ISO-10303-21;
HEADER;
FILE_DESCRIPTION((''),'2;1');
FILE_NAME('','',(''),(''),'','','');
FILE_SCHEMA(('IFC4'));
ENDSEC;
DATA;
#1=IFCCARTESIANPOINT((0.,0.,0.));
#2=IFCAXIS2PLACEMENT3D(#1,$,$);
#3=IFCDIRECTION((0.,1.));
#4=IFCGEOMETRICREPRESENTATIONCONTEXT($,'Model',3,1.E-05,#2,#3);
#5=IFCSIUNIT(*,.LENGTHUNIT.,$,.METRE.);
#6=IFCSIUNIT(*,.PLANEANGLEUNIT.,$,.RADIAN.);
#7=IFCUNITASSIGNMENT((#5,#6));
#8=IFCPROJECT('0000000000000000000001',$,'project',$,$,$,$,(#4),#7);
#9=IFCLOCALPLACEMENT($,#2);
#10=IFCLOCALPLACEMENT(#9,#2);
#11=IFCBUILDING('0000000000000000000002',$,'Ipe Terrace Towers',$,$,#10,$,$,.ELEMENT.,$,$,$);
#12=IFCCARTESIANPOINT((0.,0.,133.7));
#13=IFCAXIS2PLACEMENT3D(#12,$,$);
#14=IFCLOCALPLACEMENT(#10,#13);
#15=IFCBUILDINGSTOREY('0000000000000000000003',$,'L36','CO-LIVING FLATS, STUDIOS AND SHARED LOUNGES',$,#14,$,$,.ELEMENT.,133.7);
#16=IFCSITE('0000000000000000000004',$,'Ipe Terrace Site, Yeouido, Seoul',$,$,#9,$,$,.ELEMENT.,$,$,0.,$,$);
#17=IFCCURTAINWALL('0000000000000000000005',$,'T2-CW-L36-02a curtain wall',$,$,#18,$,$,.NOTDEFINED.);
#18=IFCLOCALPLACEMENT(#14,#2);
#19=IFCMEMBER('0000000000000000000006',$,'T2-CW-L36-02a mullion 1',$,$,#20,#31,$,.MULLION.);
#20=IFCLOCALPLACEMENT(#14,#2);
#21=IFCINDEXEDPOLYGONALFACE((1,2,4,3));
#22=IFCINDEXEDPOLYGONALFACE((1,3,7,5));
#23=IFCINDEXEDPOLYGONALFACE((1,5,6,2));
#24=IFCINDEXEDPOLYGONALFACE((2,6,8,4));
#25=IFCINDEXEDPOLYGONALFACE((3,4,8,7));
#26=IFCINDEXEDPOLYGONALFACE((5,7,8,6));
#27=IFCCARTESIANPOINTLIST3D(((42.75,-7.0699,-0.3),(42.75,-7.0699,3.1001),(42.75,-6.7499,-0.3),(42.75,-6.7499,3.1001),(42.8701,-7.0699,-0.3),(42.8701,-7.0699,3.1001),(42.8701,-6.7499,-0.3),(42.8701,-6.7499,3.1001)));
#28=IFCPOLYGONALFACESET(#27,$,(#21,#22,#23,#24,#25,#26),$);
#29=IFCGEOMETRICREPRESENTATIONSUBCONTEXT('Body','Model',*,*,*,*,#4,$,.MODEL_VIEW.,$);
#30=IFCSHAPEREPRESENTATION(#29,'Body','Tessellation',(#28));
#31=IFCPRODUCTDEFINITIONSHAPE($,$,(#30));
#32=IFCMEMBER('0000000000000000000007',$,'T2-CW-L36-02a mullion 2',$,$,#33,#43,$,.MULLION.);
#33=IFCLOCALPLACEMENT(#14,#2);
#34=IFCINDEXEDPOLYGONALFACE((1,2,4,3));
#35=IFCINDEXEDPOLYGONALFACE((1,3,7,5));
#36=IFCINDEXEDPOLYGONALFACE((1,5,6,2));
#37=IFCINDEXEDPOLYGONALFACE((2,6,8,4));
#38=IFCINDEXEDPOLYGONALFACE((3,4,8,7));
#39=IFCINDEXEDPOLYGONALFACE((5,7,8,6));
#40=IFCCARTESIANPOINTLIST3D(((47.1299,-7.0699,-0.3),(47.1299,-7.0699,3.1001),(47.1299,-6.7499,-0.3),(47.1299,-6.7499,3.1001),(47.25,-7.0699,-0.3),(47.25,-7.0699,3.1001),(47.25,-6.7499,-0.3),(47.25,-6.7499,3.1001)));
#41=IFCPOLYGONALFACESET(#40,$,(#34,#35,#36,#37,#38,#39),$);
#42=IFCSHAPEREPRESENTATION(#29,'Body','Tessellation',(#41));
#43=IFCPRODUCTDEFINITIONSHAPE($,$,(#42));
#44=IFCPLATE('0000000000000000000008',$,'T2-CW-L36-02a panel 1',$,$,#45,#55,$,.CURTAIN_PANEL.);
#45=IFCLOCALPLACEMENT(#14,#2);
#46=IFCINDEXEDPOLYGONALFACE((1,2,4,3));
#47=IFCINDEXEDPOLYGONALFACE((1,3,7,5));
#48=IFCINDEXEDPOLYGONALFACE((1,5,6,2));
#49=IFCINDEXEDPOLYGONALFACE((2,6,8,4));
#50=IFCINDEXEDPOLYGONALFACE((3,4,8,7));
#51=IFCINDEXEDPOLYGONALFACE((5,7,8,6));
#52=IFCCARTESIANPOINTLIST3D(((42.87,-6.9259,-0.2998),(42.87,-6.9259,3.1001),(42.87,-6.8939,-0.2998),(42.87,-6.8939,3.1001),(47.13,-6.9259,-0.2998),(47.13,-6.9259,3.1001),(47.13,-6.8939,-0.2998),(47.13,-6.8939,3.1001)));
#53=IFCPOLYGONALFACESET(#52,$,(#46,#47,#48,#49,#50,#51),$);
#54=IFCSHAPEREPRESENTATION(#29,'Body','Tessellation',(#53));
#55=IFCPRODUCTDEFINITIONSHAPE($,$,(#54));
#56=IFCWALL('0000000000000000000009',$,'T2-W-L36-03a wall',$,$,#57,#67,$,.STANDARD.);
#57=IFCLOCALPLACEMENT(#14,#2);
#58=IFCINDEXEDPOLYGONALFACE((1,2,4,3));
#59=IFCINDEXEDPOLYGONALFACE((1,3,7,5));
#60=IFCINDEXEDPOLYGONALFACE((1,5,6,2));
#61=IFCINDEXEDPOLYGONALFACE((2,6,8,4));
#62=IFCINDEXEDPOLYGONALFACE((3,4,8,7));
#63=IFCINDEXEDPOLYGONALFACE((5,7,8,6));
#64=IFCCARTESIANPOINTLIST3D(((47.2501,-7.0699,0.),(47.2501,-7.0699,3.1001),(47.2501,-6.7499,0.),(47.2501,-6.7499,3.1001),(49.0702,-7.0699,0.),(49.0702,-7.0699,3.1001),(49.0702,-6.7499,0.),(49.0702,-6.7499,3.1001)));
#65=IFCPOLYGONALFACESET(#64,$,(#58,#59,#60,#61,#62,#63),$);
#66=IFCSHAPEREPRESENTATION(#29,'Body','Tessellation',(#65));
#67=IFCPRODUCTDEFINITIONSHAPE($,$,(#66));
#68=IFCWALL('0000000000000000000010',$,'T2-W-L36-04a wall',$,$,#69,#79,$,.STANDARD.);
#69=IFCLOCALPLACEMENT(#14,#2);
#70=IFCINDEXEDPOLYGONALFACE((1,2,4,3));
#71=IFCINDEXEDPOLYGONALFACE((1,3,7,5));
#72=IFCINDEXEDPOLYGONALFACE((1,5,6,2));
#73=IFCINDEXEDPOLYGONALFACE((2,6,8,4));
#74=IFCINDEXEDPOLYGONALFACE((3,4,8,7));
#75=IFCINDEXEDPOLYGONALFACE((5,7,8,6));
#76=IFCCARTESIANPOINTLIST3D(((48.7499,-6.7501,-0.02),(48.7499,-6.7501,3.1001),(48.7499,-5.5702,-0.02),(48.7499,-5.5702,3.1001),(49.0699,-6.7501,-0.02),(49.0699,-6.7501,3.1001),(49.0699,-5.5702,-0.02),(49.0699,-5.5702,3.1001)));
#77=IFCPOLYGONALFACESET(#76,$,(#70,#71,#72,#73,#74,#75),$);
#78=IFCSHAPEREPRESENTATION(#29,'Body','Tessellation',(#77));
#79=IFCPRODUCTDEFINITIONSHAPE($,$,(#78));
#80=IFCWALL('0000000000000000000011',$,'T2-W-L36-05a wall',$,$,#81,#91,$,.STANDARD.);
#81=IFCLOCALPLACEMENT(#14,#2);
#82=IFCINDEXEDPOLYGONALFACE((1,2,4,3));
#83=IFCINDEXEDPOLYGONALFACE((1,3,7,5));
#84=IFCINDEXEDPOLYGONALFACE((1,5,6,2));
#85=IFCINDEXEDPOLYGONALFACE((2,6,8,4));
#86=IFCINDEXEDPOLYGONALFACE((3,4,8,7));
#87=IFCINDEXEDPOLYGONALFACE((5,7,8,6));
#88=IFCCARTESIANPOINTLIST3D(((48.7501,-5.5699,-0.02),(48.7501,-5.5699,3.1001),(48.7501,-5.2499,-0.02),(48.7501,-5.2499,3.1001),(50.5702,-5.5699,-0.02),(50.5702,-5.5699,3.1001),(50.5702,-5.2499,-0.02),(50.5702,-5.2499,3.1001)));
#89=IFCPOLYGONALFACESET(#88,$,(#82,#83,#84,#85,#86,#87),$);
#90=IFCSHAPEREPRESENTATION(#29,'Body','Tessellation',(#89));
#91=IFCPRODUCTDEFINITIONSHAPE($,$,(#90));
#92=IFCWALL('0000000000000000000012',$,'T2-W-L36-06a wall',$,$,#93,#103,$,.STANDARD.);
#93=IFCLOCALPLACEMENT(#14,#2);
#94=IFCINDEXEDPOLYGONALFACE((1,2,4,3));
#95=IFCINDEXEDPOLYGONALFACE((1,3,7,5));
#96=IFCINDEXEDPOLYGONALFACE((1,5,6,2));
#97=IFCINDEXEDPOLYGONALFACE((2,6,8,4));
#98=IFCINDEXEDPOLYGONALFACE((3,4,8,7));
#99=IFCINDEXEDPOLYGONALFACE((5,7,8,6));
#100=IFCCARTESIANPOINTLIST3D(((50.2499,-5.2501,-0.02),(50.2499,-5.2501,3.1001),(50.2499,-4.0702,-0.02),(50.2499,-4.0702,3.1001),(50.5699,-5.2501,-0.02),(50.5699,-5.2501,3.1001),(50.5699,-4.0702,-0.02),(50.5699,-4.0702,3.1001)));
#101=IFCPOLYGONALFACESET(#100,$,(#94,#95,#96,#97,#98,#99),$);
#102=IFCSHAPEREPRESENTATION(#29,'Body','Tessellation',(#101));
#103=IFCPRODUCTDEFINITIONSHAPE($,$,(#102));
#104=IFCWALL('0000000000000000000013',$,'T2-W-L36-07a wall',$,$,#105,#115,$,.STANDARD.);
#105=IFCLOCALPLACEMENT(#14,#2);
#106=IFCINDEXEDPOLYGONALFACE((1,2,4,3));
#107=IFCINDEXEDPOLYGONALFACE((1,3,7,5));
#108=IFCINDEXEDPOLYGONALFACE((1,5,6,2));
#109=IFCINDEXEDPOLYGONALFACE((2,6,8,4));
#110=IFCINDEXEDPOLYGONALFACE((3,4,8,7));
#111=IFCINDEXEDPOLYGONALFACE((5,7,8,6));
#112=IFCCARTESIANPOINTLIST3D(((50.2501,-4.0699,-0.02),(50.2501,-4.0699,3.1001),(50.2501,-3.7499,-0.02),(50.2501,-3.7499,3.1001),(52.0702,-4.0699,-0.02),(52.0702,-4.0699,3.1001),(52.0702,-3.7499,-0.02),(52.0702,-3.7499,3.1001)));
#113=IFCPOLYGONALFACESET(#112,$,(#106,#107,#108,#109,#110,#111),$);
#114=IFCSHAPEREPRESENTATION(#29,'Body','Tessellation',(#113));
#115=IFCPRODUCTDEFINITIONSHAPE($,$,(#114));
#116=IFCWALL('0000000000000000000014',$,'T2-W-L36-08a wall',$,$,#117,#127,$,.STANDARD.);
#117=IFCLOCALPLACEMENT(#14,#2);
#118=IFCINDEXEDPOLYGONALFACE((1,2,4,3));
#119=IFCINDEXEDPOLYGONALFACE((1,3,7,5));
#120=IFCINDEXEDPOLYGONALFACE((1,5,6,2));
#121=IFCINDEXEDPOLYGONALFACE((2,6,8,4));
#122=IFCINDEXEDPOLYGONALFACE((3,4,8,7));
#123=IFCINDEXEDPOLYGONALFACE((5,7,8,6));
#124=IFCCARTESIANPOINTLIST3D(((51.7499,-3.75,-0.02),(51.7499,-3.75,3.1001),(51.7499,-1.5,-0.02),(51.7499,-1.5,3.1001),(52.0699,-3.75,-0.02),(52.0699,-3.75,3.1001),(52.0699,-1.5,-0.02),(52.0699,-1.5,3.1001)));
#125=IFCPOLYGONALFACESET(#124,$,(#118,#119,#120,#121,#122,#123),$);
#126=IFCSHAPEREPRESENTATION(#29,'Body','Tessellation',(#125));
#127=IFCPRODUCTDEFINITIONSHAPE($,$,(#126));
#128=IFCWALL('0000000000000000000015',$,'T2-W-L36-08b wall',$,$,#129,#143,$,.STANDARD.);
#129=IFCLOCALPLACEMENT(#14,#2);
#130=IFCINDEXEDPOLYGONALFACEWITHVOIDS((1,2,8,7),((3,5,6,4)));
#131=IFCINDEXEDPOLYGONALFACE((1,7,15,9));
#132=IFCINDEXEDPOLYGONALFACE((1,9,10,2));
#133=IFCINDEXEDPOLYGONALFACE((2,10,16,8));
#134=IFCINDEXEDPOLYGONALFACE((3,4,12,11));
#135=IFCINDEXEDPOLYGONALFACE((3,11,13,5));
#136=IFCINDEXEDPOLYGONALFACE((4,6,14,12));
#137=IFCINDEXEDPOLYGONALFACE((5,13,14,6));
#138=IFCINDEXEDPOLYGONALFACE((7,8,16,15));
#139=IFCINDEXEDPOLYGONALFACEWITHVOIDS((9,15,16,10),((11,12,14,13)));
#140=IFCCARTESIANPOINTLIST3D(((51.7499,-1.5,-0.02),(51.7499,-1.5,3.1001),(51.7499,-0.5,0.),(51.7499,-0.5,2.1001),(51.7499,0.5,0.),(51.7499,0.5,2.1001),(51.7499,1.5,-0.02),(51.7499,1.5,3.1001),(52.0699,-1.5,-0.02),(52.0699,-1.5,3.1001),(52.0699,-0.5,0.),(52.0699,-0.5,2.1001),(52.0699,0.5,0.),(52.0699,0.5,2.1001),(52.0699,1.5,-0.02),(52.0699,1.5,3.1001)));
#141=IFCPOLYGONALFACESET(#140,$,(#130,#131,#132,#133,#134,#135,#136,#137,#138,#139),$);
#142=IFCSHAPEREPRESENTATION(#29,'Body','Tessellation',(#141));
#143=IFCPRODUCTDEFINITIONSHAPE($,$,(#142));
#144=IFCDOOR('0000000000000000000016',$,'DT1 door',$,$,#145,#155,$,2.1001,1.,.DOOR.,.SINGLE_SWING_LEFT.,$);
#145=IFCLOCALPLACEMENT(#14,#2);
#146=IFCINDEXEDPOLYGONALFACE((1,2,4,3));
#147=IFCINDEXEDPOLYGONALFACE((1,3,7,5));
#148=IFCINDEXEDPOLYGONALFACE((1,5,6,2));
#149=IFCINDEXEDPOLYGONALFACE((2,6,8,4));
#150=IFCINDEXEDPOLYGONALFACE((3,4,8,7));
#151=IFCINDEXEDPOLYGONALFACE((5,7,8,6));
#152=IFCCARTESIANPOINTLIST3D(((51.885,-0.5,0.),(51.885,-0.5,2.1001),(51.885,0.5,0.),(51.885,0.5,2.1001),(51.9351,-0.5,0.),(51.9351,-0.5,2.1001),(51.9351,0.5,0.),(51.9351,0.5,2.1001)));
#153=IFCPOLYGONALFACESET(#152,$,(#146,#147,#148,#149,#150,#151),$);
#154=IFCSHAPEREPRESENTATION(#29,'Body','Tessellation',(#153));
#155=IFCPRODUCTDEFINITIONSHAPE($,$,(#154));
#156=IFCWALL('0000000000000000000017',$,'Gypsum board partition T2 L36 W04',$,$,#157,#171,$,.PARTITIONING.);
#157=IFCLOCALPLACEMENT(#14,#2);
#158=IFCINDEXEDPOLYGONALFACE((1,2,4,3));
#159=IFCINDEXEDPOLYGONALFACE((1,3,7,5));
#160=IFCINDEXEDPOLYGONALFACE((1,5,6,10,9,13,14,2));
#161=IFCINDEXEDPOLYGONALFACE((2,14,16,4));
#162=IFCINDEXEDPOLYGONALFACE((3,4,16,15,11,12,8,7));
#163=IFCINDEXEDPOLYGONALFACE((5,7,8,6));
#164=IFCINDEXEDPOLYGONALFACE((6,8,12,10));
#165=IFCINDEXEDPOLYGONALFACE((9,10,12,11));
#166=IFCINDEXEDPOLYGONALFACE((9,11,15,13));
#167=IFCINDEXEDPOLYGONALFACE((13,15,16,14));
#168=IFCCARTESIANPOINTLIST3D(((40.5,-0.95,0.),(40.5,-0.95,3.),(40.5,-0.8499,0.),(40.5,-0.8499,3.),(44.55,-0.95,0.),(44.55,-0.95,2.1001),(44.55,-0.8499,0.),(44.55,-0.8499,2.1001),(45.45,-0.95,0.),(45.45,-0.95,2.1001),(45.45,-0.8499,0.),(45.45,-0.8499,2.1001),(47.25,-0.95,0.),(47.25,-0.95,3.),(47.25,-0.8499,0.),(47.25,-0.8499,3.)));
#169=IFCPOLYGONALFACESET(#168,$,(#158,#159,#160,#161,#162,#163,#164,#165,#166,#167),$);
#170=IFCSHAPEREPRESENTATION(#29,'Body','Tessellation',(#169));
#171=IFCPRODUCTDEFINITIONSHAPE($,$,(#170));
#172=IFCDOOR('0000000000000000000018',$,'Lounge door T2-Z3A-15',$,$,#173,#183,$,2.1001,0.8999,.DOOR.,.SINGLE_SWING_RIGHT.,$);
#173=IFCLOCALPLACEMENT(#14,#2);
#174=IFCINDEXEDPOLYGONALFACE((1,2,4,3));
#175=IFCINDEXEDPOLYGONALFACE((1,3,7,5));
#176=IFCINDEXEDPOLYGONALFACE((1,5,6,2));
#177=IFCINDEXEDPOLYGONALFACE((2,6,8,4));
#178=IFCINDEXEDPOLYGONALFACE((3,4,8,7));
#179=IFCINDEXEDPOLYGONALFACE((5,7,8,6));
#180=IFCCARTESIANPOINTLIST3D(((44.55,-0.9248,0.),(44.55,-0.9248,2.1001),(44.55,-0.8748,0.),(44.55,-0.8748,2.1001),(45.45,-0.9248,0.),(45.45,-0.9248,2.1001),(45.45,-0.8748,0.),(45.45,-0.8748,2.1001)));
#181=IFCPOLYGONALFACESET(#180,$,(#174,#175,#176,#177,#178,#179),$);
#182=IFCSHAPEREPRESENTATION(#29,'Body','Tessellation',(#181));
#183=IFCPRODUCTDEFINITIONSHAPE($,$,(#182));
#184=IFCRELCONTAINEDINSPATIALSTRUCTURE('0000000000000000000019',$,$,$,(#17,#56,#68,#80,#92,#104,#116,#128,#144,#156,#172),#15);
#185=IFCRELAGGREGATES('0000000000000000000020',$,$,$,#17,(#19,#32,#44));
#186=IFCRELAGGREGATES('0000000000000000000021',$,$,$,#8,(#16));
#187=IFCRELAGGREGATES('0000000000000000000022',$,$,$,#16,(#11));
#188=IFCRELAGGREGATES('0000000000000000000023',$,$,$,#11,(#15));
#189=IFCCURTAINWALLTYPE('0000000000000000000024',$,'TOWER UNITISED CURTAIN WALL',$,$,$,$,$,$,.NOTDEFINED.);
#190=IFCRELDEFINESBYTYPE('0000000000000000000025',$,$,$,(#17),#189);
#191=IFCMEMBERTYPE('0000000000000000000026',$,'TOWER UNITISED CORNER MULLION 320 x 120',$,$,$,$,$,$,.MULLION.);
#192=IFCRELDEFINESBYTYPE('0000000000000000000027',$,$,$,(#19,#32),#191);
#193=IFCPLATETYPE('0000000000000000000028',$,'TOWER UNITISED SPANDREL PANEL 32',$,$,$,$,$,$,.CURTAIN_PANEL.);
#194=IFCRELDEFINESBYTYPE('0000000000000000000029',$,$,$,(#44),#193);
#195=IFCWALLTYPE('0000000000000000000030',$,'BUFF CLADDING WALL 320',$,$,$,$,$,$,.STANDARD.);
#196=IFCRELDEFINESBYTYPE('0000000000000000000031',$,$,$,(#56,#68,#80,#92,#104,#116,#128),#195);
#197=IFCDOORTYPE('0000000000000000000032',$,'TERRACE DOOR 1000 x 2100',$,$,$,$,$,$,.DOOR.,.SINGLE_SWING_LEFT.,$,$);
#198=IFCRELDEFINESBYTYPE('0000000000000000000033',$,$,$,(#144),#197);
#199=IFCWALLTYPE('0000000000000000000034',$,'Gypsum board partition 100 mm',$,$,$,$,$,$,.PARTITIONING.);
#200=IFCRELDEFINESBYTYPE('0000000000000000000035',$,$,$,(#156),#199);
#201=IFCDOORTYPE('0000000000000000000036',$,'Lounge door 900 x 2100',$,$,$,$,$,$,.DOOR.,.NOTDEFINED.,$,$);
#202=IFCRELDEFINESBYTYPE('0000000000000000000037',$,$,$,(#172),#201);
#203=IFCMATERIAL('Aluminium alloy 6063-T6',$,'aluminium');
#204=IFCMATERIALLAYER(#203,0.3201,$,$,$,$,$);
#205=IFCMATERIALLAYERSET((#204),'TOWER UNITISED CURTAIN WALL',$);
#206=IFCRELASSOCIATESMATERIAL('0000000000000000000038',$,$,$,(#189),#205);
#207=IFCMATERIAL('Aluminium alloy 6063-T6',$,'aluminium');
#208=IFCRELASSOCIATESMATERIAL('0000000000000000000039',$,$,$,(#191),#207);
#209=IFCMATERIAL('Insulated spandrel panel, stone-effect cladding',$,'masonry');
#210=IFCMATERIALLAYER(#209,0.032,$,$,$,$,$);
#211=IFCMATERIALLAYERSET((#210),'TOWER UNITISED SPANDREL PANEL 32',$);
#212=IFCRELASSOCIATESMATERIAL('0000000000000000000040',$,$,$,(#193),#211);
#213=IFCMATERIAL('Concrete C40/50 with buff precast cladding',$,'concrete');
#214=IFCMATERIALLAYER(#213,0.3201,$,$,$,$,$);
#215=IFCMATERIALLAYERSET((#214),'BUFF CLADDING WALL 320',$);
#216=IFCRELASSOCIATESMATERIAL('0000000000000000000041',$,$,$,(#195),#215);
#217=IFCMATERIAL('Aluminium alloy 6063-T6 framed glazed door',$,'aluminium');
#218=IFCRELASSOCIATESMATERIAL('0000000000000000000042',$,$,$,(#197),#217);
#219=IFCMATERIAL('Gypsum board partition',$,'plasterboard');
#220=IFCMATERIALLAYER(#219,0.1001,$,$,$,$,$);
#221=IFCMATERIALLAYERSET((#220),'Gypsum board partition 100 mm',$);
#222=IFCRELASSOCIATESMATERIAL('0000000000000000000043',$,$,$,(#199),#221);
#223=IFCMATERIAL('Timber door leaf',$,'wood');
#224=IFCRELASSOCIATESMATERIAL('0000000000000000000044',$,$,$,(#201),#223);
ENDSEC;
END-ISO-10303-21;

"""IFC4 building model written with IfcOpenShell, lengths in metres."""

from ifc_helpers import new_model, si_unit, direction, frame, frame_2d, origin, origin_2d, place, context, subcontext, project, spatial, rectangle, extrude, material, layer, layer_set, material_profile, profile_set, type_object, element, fill, aggregate, save


model = new_model("IFC4")

# Units and contexts
model_context = context("Model", 3, precision=1e-05, world=origin(), true_north=direction((0.0, 1.0)))
body_context = subcontext(model_context, "Body", "Model", "MODEL_VIEW")
ifc_project = project(units=[si_unit("LENGTHUNIT", "METRE"), si_unit("PLANEANGLEUNIT", "RADIAN")], contexts=[model_context])

# Site, building, storey
site_placement = place(None, origin())
site = spatial("IfcSite", under=ifc_project, at=site_placement, Name="Ipe Terrace Site, Yeouido, Seoul", CompositionType="ELEMENT", RefElevation=0.0)
building_placement = place(site_placement, origin())
building = spatial("IfcBuilding", under=site, at=building_placement, Name="Ipe Terrace Towers", CompositionType="ELEMENT")
storey_placement = place(building_placement, frame((0.0, 0.0, 133.7)))
storey = spatial("IfcBuildingStorey", under=building, at=storey_placement, Name="L36", Description="CO-LIVING FLATS, STUDIOS AND SHARED LOUNGES", CompositionType="ELEMENT", Elevation=133.7)

# Curtain wall, members, plate
ifc_material_1 = material(Name="Aluminium alloy 6063-T6", Category="aluminium")
ifc_layer_1 = layer(ifc_material_1, 0.3201)
ifc_layer_set_1 = layer_set([ifc_layer_1], Name="TOWER UNITISED CURTAIN WALL")
curtain_wall_type = type_object("IfcCurtainWallType", Name="TOWER UNITISED CURTAIN WALL", PredefinedType="NOTDEFINED", material=ifc_layer_set_1)
curtain_wall_placement = place(storey_placement, origin())
curtain_wall = element("IfcCurtainWall", 1, at=curtain_wall_placement, inside=storey, type_object=curtain_wall_type, Name="T2-CW-L36-02a curtain wall", PredefinedType="NOTDEFINED")
ifc_material_2 = material(Name="Aluminium alloy 6063-T6", Category="aluminium")
ifc_material_profile_1 = material_profile(ifc_material_2, rectangle(XDim=0.3201, YDim=0.1201, at=origin_2d()), Name="TOWER UNITISED CORNER MULLION 320 x 120")
ifc_profile_set_1 = profile_set([ifc_material_profile_1], Name="Aluminium alloy 6063-T6")
member_type_1 = type_object("IfcMemberType", Name="TOWER UNITISED CORNER MULLION 320 x 120", PredefinedType="MULLION", material=ifc_profile_set_1)
member_1_placement = place(storey_placement, frame((42.8101, -6.9099, -0.3), z_axis=(0.0, 0.0, 1.0), x_axis=(0.0, -1.0, 0.0)))
member_1 = element("IfcMember", 2, at=member_1_placement, type_object=member_type_1, Name="T2-CW-L36-02a mullion 1", PredefinedType="MULLION", context=body_context, shape_type="SweptSolid", body=[
    extrude(rectangle(XDim=0.3201, YDim=0.1201, at=origin_2d()), origin(), (0.0, 0.0, 1.0), 3.4001),
])
member_2_placement = place(storey_placement, frame((47.1899, -6.9099, -0.3), z_axis=(0.0, 0.0, 1.0), x_axis=(0.0, -1.0, 0.0)))
member_2 = element("IfcMember", 3, at=member_2_placement, type_object=member_type_1, Name="T2-CW-L36-02a mullion 2", PredefinedType="MULLION", context=body_context, shape_type="SweptSolid", body=[
    extrude(rectangle(XDim=0.3201, YDim=0.1201, at=origin_2d()), origin(), (0.0, 0.0, 1.0), 3.4001),
])
ifc_material_3 = material(Name="Insulated spandrel panel, stone-effect cladding", Category="masonry")
ifc_layer_2 = layer(ifc_material_3, 0.032)
ifc_layer_set_2 = layer_set([ifc_layer_2], Name="TOWER UNITISED SPANDREL PANEL 32")
plate_type = type_object("IfcPlateType", Name="TOWER UNITISED SPANDREL PANEL 32", PredefinedType="CURTAIN_PANEL", material=ifc_layer_set_2)
plate_placement = place(storey_placement, frame((45.0, -6.9099, -0.2998), z_axis=(0.0, 0.0, 1.0), x_axis=(1.0, 0.0, 0.0)))
plate = element("IfcPlate", 4, at=plate_placement, type_object=plate_type, Name="T2-CW-L36-02a panel 1", PredefinedType="CURTAIN_PANEL", context=body_context, shape_type="SweptSolid", body=[
    extrude(rectangle(XDim=4.26, YDim=0.032, at=origin_2d()), origin(), (0.0, 0.0, 1.0), 3.3999),
])
aggregate(curtain_wall, [member_1, member_2, plate])

# Walls
ifc_material_4 = material(Name="Concrete C40/50 with buff precast cladding", Category="concrete")
ifc_layer_3 = layer(ifc_material_4, 0.3201)
ifc_layer_set_3 = layer_set([ifc_layer_3], Name="BUFF CLADDING WALL 320")
wall_type_1 = type_object("IfcWallType", Name="BUFF CLADDING WALL 320", PredefinedType="STANDARD", material=ifc_layer_set_3)
wall_1_placement = place(storey_placement, frame((47.25, -6.9099, 0.0), z_axis=(0.0, 0.0, 1.0), x_axis=(1.0, 0.0, 0.0)))
element("IfcWall", 5, at=wall_1_placement, inside=storey, type_object=wall_type_1, Name="T2-W-L36-03a wall", PredefinedType="STANDARD", context=body_context, shape_type="SweptSolid", body=[
    extrude(rectangle(XDim=1.8201, YDim=0.3201, at=frame_2d((0.9102, 0.0))), origin(), (0.0, 0.0, 1.0), 3.1001),
])
wall_2_placement = place(storey_placement, frame((48.9099, -6.75, -0.02), z_axis=(0.0, 0.0, 1.0), x_axis=(0.0, 1.0, 0.0)))
element("IfcWall", 6, at=wall_2_placement, inside=storey, type_object=wall_type_1, Name="T2-W-L36-04a wall", PredefinedType="STANDARD", context=body_context, shape_type="SweptSolid", body=[
    extrude(rectangle(XDim=1.1799, YDim=0.3201, at=frame_2d((0.5898, 0.0))), origin(), (0.0, 0.0, 1.0), 3.1201),
])
wall_3_placement = place(storey_placement, frame((48.75, -5.4099, -0.02), z_axis=(0.0, 0.0, 1.0), x_axis=(1.0, 0.0, 0.0)))
element("IfcWall", 7, at=wall_3_placement, inside=storey, type_object=wall_type_1, Name="T2-W-L36-05a wall", PredefinedType="STANDARD", context=body_context, shape_type="SweptSolid", body=[
    extrude(rectangle(XDim=1.8201, YDim=0.3201, at=frame_2d((0.9102, 0.0))), origin(), (0.0, 0.0, 1.0), 3.1201),
])
wall_4_placement = place(storey_placement, frame((50.4099, -5.25, -0.02), z_axis=(0.0, 0.0, 1.0), x_axis=(0.0, 1.0, 0.0)))
element("IfcWall", 8, at=wall_4_placement, inside=storey, type_object=wall_type_1, Name="T2-W-L36-06a wall", PredefinedType="STANDARD", context=body_context, shape_type="SweptSolid", body=[
    extrude(rectangle(XDim=1.1799, YDim=0.3201, at=frame_2d((0.5898, 0.0))), origin(), (0.0, 0.0, 1.0), 3.1201),
])
wall_5_placement = place(storey_placement, frame((50.25, -3.9099, -0.02), z_axis=(0.0, 0.0, 1.0), x_axis=(1.0, 0.0, 0.0)))
element("IfcWall", 9, at=wall_5_placement, inside=storey, type_object=wall_type_1, Name="T2-W-L36-07a wall", PredefinedType="STANDARD", context=body_context, shape_type="SweptSolid", body=[
    extrude(rectangle(XDim=1.8201, YDim=0.3201, at=frame_2d((0.9102, 0.0))), origin(), (0.0, 0.0, 1.0), 3.1201),
])
wall_6_placement = place(storey_placement, frame((51.9099, -3.75, -0.02), z_axis=(0.0, 0.0, 1.0), x_axis=(0.0, 1.0, 0.0)))
element("IfcWall", 10, at=wall_6_placement, inside=storey, type_object=wall_type_1, Name="T2-W-L36-08a wall", PredefinedType="STANDARD", context=body_context, shape_type="SweptSolid", body=[
    extrude(rectangle(XDim=2.25, YDim=0.3201, at=frame_2d((1.125, 0.0))), origin(), (0.0, 0.0, 1.0), 3.1201),
])

# Walls, openings, doors
wall_7_placement = place(storey_placement, frame((51.9099, -1.5, -0.02), z_axis=(0.0, 0.0, 1.0), x_axis=(0.0, 1.0, 0.0)))
wall_7 = element("IfcWall", 11, at=wall_7_placement, inside=storey, type_object=wall_type_1, Name="T2-W-L36-08b wall", PredefinedType="STANDARD", context=body_context, shape_type="SweptSolid", body=[
    extrude(rectangle(XDim=3.0, YDim=0.3201, at=frame_2d((1.5, 0.0))), origin(), (0.0, 0.0, 1.0), 3.1201),
])
opening_1_placement = place(wall_7_placement, frame((1.0, 0.0, 0.02)))
opening_1 = element("IfcOpeningElement", 12, at=opening_1_placement, cuts=wall_7, PredefinedType="OPENING", context=body_context, shape_type="SweptSolid", body=[
    extrude(rectangle(XDim=1.0, YDim=2.1001, at=frame_2d((0.5, 1.05))), frame((0.0, 0.1699, 0.0), z_axis=(0.0, -1.0, 0.0), x_axis=(1.0, 0.0, 0.0)), (0.0, 0.0, 1.0), 0.3401),
])
ifc_material_5 = material(Name="Aluminium alloy 6063-T6 framed glazed door", Category="aluminium")
door_type_1 = type_object("IfcDoorType", Name="TERRACE DOOR 1000 x 2100", OperationType="SINGLE_SWING_LEFT", PredefinedType="DOOR", material=ifc_material_5)
door_1_placement = place(opening_1_placement, origin())
door_1 = element("IfcDoor", 13, at=door_1_placement, inside=storey, type_object=door_type_1, Name="DT1 door", OperationType="SINGLE_SWING_LEFT", OverallHeight=2.1001, OverallWidth=1.0, PredefinedType="DOOR", context=body_context, shape_type="SweptSolid", body=[
    extrude(rectangle(XDim=1.0, YDim=2.1001, at=frame_2d((0.5, 1.05))), frame((0.0, 0.0249, 0.0), z_axis=(0.0, -1.0, 0.0), x_axis=(1.0, 0.0, 0.0)), (0.0, 0.0, 1.0), 0.05),
])
fill(opening_1, door_1)
ifc_material_6 = material(Name="Gypsum board partition", Category="plasterboard")
ifc_layer_4 = layer(ifc_material_6, 0.1001)
ifc_layer_set_4 = layer_set([ifc_layer_4], Name="Gypsum board partition 100 mm")
wall_type_2 = type_object("IfcWallType", Name="Gypsum board partition 100 mm", PredefinedType="PARTITIONING", material=ifc_layer_set_4)
wall_8_placement = place(storey_placement, frame((47.25, -0.8999, 0.0), z_axis=(0.0, 0.0, 1.0), x_axis=(-1.0, 0.0, 0.0)))
wall_8 = element("IfcWall", 14, at=wall_8_placement, inside=storey, type_object=wall_type_2, Name="Gypsum board partition T2 L36 W04", PredefinedType="PARTITIONING", context=body_context, shape_type="SweptSolid", body=[
    extrude(rectangle(XDim=6.75, YDim=0.1001, at=frame_2d((3.375, 0.0))), origin(), (0.0, 0.0, 1.0), 3.0),
])
opening_2_placement = place(wall_8_placement, frame((1.8, 0.0, 0.0)))
opening_2 = element("IfcOpeningElement", 15, at=opening_2_placement, cuts=wall_8, PredefinedType="OPENING", context=body_context, shape_type="SweptSolid", body=[
    extrude(rectangle(XDim=0.8999, YDim=2.1001, at=frame_2d((0.45, 1.05))), frame((0.0, 0.0601, 0.0), z_axis=(0.0, -1.0, 0.0), x_axis=(1.0, 0.0, 0.0)), (0.0, 0.0, 1.0), 0.1201),
])
ifc_material_7 = material(Name="Timber door leaf", Category="wood")
door_type_2 = type_object("IfcDoorType", Name="Lounge door 900 x 2100", OperationType="NOTDEFINED", PredefinedType="DOOR", material=ifc_material_7)
door_2_placement = place(opening_2_placement, origin())
door_2 = element("IfcDoor", 16, at=door_2_placement, inside=storey, type_object=door_type_2, Name="Lounge door T2-Z3A-15", OperationType="SINGLE_SWING_RIGHT", OverallHeight=2.1001, OverallWidth=0.8999, PredefinedType="DOOR", context=body_context, shape_type="SweptSolid", body=[
    extrude(rectangle(XDim=0.8999, YDim=2.1001, at=frame_2d((0.45, 1.05))), frame((0.0, 0.0249, 0.0), z_axis=(0.0, -1.0, 0.0), x_axis=(1.0, 0.0, 0.0)), (0.0, 0.0, 1.0), 0.05),
])
fill(opening_2, door_2)

save(model, "model.ifc")
